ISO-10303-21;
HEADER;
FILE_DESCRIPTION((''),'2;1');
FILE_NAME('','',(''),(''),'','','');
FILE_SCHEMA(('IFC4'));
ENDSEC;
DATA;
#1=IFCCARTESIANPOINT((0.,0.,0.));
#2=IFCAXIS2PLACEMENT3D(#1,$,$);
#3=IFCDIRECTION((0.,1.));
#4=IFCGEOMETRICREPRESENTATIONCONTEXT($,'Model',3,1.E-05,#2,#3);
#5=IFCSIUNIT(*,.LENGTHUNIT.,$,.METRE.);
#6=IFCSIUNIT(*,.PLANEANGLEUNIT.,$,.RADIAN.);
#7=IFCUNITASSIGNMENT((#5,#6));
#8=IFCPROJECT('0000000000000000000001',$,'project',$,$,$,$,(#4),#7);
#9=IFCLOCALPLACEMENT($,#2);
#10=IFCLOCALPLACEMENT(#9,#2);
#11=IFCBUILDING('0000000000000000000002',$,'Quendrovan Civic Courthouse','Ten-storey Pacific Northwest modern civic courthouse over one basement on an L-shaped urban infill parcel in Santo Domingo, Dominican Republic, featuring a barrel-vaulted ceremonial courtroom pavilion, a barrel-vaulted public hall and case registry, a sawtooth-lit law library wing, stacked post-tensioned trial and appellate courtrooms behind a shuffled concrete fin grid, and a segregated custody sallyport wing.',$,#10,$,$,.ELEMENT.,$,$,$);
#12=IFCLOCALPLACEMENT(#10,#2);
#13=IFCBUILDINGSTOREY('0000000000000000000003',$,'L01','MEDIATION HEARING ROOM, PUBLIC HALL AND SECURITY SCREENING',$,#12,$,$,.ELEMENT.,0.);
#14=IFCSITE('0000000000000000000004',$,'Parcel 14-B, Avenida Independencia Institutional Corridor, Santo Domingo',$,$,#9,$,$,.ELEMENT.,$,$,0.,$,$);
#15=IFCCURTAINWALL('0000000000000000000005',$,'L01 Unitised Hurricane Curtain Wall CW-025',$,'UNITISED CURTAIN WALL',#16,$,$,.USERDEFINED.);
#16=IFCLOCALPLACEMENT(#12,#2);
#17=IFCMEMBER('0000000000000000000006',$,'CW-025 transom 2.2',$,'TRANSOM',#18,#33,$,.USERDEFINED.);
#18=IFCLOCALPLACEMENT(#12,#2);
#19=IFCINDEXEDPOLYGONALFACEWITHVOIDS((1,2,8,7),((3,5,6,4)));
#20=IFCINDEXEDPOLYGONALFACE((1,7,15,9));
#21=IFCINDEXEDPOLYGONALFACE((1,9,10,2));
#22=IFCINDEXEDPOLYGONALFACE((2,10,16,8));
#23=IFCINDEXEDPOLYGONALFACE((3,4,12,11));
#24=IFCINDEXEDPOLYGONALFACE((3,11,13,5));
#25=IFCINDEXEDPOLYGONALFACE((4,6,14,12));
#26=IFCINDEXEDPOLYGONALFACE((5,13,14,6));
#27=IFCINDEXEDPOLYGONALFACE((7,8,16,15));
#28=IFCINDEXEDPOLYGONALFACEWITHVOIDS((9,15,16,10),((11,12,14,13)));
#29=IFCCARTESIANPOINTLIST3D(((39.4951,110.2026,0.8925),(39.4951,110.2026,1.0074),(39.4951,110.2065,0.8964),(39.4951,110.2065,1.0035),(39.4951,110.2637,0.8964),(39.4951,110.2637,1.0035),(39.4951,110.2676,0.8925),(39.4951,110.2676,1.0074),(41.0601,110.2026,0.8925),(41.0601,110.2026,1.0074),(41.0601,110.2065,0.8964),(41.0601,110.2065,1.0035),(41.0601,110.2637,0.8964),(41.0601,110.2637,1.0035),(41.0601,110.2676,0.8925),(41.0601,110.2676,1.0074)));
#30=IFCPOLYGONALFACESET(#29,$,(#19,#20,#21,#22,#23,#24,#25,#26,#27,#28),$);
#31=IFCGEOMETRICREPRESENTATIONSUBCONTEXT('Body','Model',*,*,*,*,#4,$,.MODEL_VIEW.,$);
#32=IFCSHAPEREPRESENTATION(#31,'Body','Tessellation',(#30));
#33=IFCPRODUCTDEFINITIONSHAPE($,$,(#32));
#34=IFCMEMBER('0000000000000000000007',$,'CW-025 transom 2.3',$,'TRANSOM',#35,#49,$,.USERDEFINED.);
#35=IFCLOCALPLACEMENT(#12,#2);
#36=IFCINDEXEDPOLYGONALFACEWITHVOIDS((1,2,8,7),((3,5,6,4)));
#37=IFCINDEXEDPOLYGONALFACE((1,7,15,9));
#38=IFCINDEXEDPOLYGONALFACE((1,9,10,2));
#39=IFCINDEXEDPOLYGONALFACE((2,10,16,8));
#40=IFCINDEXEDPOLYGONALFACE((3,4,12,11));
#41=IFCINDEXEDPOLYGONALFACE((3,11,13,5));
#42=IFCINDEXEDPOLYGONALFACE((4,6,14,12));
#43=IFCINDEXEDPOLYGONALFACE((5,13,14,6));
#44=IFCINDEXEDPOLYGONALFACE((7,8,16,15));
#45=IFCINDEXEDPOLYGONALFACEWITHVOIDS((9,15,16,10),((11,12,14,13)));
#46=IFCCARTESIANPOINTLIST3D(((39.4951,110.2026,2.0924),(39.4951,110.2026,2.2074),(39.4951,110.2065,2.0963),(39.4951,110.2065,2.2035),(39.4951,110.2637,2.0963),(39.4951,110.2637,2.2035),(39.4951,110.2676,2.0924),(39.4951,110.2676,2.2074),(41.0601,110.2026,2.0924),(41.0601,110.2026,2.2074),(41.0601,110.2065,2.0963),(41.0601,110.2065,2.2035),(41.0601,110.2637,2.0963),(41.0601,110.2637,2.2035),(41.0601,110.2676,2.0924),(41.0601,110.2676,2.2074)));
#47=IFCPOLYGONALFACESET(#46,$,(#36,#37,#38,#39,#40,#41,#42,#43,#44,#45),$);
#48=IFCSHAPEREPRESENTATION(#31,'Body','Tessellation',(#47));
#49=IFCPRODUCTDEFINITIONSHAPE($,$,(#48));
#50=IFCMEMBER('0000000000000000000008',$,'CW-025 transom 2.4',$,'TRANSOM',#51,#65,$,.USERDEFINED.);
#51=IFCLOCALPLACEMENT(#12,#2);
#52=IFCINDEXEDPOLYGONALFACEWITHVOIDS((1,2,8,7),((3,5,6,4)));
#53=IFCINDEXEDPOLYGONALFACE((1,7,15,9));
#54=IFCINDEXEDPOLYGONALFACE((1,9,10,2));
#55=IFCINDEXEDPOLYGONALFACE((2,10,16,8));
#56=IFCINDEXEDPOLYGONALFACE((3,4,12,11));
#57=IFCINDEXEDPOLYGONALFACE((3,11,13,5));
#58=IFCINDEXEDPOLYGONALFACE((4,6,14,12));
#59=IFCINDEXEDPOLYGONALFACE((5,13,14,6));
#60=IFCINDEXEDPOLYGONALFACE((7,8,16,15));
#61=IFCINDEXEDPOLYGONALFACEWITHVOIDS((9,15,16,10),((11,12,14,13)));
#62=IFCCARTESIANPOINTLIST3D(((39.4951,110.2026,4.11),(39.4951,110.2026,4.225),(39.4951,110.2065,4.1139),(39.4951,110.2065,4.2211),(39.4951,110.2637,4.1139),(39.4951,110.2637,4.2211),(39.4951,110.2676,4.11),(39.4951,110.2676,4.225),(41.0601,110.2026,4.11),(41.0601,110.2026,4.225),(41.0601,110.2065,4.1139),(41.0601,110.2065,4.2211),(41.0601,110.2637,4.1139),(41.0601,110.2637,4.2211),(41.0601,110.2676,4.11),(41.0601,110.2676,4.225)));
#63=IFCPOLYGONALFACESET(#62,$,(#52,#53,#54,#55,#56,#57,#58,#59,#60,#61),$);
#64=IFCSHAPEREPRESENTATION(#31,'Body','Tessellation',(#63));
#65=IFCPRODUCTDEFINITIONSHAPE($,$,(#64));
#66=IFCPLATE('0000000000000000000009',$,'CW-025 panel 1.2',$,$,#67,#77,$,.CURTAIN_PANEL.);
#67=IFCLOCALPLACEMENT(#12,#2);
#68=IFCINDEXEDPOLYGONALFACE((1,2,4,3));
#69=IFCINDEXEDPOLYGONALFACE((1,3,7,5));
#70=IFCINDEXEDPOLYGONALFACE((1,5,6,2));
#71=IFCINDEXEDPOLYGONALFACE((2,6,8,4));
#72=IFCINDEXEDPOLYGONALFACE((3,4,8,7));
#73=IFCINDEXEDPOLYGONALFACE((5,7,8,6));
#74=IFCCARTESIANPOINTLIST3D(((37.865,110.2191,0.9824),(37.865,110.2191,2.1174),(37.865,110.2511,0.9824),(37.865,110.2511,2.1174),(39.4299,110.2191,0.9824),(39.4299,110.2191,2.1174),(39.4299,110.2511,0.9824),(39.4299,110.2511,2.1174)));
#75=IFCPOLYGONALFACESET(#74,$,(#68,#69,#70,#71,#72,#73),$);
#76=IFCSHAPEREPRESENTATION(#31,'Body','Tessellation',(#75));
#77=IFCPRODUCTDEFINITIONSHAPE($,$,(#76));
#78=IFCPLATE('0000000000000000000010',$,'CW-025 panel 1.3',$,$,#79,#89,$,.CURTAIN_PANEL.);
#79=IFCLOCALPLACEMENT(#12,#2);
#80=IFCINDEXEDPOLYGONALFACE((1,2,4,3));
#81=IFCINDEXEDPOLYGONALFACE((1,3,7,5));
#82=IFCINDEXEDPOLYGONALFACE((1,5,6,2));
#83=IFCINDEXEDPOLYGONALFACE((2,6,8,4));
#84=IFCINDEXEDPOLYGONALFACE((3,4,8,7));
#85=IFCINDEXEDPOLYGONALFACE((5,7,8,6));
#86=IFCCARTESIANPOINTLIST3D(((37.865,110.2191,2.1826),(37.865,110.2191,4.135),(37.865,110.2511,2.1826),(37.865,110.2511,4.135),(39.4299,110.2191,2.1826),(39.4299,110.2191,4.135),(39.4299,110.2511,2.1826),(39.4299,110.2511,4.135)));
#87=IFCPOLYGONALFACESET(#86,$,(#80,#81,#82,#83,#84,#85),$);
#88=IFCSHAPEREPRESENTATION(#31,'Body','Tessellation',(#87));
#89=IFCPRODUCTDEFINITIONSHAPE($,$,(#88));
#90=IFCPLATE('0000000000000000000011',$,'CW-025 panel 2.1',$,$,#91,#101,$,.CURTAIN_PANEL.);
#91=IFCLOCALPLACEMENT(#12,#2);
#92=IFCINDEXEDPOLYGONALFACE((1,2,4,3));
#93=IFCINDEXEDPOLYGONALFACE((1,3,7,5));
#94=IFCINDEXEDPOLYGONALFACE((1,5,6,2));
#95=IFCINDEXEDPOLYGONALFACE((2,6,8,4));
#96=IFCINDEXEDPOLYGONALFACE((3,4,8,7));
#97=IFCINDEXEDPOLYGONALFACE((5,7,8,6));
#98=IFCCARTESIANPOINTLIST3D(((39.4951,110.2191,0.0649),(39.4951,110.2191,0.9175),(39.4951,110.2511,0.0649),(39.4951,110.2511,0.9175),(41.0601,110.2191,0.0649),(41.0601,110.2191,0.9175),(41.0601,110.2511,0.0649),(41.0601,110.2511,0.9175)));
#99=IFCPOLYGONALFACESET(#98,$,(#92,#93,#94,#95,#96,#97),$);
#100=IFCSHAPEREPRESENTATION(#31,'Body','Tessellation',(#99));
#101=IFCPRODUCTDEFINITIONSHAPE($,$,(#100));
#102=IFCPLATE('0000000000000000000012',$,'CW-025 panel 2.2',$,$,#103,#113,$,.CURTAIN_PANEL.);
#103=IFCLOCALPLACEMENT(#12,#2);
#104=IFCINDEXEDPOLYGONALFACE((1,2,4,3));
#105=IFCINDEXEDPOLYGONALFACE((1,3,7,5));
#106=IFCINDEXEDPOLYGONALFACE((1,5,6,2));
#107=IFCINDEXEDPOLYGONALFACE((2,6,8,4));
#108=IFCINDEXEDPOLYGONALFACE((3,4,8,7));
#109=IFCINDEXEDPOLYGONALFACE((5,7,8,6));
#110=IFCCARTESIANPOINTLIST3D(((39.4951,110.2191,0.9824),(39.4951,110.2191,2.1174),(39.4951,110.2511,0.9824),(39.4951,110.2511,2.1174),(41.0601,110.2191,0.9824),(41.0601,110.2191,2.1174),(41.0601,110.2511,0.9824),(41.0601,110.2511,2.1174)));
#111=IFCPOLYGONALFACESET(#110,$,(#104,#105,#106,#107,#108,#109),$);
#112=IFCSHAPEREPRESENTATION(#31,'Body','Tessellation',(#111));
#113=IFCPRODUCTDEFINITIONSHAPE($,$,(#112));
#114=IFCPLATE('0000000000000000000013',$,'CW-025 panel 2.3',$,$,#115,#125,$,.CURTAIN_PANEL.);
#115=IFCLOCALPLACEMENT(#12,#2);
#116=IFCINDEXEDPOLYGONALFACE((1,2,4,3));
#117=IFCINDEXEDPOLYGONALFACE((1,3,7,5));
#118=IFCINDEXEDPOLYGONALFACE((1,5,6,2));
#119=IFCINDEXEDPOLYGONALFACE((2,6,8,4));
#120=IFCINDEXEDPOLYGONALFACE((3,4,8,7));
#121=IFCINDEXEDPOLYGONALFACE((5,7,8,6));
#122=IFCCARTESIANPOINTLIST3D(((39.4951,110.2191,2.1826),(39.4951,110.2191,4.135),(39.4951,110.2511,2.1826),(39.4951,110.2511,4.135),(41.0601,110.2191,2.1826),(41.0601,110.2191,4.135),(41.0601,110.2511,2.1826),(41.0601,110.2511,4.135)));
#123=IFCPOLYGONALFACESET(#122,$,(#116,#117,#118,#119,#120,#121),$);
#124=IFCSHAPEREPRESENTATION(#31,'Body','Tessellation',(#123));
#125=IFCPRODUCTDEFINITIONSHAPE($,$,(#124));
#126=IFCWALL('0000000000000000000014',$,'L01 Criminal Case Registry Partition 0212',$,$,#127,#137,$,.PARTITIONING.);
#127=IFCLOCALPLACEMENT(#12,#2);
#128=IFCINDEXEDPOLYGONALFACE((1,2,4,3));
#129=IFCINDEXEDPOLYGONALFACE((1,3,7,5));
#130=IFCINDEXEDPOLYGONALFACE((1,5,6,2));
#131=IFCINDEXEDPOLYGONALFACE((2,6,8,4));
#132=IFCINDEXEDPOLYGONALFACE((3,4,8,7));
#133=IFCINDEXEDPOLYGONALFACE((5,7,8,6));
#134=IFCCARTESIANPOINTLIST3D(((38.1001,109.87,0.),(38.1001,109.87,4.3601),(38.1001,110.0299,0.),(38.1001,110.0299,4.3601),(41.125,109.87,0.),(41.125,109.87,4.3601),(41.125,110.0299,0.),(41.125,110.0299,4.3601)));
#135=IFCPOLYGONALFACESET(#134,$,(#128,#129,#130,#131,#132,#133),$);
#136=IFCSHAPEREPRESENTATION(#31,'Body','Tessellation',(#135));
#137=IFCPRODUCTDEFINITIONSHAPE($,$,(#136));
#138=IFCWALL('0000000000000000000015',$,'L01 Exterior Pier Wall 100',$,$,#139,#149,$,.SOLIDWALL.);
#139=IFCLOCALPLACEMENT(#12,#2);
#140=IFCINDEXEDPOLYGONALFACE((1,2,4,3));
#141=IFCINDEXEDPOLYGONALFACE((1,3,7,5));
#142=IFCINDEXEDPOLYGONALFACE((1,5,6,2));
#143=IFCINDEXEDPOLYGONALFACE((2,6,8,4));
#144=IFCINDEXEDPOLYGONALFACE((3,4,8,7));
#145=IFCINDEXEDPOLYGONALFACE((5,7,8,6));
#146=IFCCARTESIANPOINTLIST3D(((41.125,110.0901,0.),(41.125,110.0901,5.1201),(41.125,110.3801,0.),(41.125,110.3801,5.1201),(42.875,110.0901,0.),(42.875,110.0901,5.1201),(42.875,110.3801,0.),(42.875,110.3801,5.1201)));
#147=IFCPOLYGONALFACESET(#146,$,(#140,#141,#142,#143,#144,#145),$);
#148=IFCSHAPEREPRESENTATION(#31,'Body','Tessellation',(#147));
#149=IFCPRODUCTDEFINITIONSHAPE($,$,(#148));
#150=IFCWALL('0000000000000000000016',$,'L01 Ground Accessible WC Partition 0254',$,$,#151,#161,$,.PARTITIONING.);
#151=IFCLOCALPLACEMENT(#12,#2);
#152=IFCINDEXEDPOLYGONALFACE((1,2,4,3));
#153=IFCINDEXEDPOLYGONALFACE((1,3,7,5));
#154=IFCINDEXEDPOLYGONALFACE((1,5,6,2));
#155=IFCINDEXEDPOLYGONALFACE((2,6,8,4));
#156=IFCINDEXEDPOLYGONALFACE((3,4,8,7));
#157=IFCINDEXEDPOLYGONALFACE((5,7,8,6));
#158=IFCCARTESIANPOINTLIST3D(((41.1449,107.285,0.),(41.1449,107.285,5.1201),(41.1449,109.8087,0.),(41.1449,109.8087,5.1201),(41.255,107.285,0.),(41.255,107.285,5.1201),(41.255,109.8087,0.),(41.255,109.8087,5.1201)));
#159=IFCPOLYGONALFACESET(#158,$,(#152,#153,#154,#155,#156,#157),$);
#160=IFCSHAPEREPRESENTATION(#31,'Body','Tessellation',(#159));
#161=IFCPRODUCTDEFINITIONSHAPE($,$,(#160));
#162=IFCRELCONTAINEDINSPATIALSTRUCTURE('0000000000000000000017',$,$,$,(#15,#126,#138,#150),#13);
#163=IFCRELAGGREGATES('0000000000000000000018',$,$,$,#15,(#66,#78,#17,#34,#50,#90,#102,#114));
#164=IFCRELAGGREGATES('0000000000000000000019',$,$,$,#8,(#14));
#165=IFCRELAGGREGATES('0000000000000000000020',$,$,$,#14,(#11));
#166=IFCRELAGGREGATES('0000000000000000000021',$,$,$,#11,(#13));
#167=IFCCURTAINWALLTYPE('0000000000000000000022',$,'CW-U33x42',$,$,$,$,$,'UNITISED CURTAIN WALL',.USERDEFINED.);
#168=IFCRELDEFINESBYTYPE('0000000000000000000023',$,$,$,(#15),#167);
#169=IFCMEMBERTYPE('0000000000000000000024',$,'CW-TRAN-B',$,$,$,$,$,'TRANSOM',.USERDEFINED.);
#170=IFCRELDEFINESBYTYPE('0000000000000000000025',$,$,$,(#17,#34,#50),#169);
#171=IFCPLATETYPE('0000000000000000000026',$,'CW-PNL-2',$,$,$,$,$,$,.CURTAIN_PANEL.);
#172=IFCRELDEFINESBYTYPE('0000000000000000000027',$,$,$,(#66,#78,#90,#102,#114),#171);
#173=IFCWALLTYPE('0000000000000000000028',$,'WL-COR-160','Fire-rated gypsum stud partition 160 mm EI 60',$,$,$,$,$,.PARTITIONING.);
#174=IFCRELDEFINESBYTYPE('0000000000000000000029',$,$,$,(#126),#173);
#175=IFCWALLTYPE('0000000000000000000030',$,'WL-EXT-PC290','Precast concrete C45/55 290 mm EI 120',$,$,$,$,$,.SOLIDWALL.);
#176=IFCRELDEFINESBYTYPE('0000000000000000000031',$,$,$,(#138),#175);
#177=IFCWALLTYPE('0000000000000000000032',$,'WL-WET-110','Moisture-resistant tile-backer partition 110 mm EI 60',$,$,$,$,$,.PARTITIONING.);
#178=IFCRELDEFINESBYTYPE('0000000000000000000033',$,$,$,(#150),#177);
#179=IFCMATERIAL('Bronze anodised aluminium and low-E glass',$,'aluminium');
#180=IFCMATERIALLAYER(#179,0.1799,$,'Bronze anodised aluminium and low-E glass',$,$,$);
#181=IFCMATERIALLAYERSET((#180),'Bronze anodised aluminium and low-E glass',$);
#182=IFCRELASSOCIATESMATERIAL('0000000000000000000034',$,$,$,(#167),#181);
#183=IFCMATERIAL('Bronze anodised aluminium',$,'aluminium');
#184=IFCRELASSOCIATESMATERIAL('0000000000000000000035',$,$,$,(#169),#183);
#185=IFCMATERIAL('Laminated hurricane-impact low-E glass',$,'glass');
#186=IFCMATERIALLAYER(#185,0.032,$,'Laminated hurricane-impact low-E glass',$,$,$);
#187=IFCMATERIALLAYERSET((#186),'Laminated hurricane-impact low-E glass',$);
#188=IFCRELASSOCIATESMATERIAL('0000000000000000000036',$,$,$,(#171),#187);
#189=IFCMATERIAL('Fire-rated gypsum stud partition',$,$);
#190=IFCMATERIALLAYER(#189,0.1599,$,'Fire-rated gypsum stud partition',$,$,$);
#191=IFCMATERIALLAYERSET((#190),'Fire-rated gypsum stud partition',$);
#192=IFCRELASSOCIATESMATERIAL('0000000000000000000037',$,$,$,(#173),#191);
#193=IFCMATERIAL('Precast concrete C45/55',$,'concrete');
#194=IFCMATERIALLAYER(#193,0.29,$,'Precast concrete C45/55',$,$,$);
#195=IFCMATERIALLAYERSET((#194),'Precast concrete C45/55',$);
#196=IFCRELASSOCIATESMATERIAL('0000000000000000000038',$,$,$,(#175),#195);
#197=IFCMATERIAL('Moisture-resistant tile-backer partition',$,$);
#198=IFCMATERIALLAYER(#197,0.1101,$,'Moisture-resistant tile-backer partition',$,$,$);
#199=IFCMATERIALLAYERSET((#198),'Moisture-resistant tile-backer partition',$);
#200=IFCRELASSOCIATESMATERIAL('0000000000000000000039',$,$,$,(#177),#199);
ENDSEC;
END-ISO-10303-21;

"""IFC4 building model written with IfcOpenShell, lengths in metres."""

from ifc_helpers import new_model, si_unit, direction, frame, frame_2d, origin, origin_2d, place, context, subcontext, project, spatial, rectangle, hollow_rectangle, extrude, material, layer, layer_set, material_profile, profile_set, type_object, element, aggregate, save


model = new_model("IFC4")

# Units and contexts
model_context = context("Model", 3, precision=1e-05, world=origin(), true_north=direction((0.0, 1.0)))
body_context = subcontext(model_context, "Body", "Model", "MODEL_VIEW")
ifc_project = project(units=[si_unit("LENGTHUNIT", "METRE"), si_unit("PLANEANGLEUNIT", "RADIAN")], contexts=[model_context])

# Site, building, storey
site_placement = place(None, origin())
site = spatial("IfcSite", under=ifc_project, at=site_placement, Name="Parcel 14-B, Avenida Independencia Institutional Corridor, Santo Domingo", CompositionType="ELEMENT", RefElevation=0.0)
building_placement = place(site_placement, origin())
building = spatial("IfcBuilding", under=site, at=building_placement, Name="Quendrovan Civic Courthouse", Description="Ten-storey Pacific Northwest modern civic courthouse over one basement on an L-shaped urban infill parcel in Santo Domingo, Dominican Republic, featuring a barrel-vaulted ceremonial courtroom pavilion, a barrel-vaulted public hall and case registry, a sawtooth-lit law library wing, stacked post-tensioned trial and appellate courtrooms behind a shuffled concrete fin grid, and a segregated custody sallyport wing.", CompositionType="ELEMENT")
storey_placement = place(building_placement, origin())
storey = spatial("IfcBuildingStorey", under=building, at=storey_placement, Name="L01", Description="MEDIATION HEARING ROOM, PUBLIC HALL AND SECURITY SCREENING", CompositionType="ELEMENT", Elevation=0.0)

# Shared definitions
ifc_material_1 = material(Name="Bronze anodised aluminium and low-E glass", Category="aluminium")
ifc_material_2 = material(Name="Bronze anodised aluminium", Category="aluminium")

# Curtain wall
ifc_layer_1 = layer(ifc_material_1, 0.1799, Name="Bronze anodised aluminium and low-E glass")
ifc_layer_set_1 = layer_set([ifc_layer_1], Name="Bronze anodised aluminium and low-E glass")
curtain_wall_type_1 = type_object("IfcCurtainWallType", Name="CW-U33x42", ElementType="UNITISED CURTAIN WALL", PredefinedType="USERDEFINED", material=ifc_layer_set_1)
curtain_wall_1_placement = place(storey_placement, origin())
curtain_wall_1 = element("IfcCurtainWall", 1, at=curtain_wall_1_placement, inside=storey, type_object=curtain_wall_type_1, Name="L01 Unitised Hurricane Curtain Wall CW-025", ObjectType="UNITISED CURTAIN WALL", PredefinedType="USERDEFINED")

# Members
ifc_material_profile_1 = material_profile(ifc_material_2, hollow_rectangle(XDim=0.0649, YDim=0.115, WallThickness=0.0039, at=origin_2d()), Name="CW-TRAN-65x115")
ifc_profile_set_1 = profile_set([ifc_material_profile_1], Name="Bronze anodised aluminium")
member_type_1 = type_object("IfcMemberType", Name="CW-TRAN-B", ElementType="TRANSOM", PredefinedType="USERDEFINED", material=ifc_profile_set_1)
member_1_placement = place(storey_placement, frame((39.4951, 110.2351, 0.95), z_axis=(1.0, 0.0, 0.0), x_axis=(0.0, 1.0, 0.0)))
member_1 = element("IfcMember", 2, at=member_1_placement, type_object=member_type_1, Name="CW-025 transom 2.2", ObjectType="TRANSOM", PredefinedType="USERDEFINED", context=body_context, shape_type="SweptSolid", body=[
    extrude(hollow_rectangle(XDim=0.0649, YDim=0.115, WallThickness=0.0039, at=origin_2d()), origin(), (0.0, 0.0, 1.0), 1.5649),
])
member_2_placement = place(storey_placement, frame((39.4951, 110.2351, 2.1499), z_axis=(1.0, 0.0, 0.0), x_axis=(0.0, 1.0, 0.0)))
member_2 = element("IfcMember", 3, at=member_2_placement, type_object=member_type_1, Name="CW-025 transom 2.3", ObjectType="TRANSOM", PredefinedType="USERDEFINED", context=body_context, shape_type="SweptSolid", body=[
    extrude(hollow_rectangle(XDim=0.0649, YDim=0.115, WallThickness=0.0039, at=origin_2d()), origin(), (0.0, 0.0, 1.0), 1.5649),
])
member_3_placement = place(storey_placement, frame((39.4951, 110.2351, 4.1675), z_axis=(1.0, 0.0, 0.0), x_axis=(0.0, 1.0, 0.0)))
member_3 = element("IfcMember", 4, at=member_3_placement, type_object=member_type_1, Name="CW-025 transom 2.4", ObjectType="TRANSOM", PredefinedType="USERDEFINED", context=body_context, shape_type="SweptSolid", body=[
    extrude(hollow_rectangle(XDim=0.0649, YDim=0.115, WallThickness=0.0039, at=origin_2d()), origin(), (0.0, 0.0, 1.0), 1.5649),
])

# Plates
ifc_material_3 = material(Name="Laminated hurricane-impact low-E glass", Category="glass")
ifc_layer_2 = layer(ifc_material_3, 0.032, Name="Laminated hurricane-impact low-E glass")
ifc_layer_set_2 = layer_set([ifc_layer_2], Name="Laminated hurricane-impact low-E glass")
plate_type = type_object("IfcPlateType", Name="CW-PNL-2", PredefinedType="CURTAIN_PANEL", material=ifc_layer_set_2)
plate_1_placement = place(storey_placement, frame((38.6475, 110.2351, 0.9824), z_axis=(0.0, 0.0, 1.0), x_axis=(1.0, 0.0, 0.0)))
plate_1 = element("IfcPlate", 5, at=plate_1_placement, type_object=plate_type, Name="CW-025 panel 1.2", PredefinedType="CURTAIN_PANEL", context=body_context, shape_type="SweptSolid", body=[
    extrude(rectangle(XDim=1.5649, YDim=0.032, at=origin_2d()), origin(), (0.0, 0.0, 1.0), 1.135),
])
plate_2_placement = place(storey_placement, frame((38.6475, 110.2351, 2.1826), z_axis=(0.0, 0.0, 1.0), x_axis=(1.0, 0.0, 0.0)))
plate_2 = element("IfcPlate", 6, at=plate_2_placement, type_object=plate_type, Name="CW-025 panel 1.3", PredefinedType="CURTAIN_PANEL", context=body_context, shape_type="SweptSolid", body=[
    extrude(rectangle(XDim=1.5649, YDim=0.032, at=origin_2d()), origin(), (0.0, 0.0, 1.0), 1.9524),
])
plate_3_placement = place(storey_placement, frame((40.2776, 110.2351, 0.0649), z_axis=(0.0, 0.0, 1.0), x_axis=(1.0, 0.0, 0.0)))
plate_3 = element("IfcPlate", 7, at=plate_3_placement, type_object=plate_type, Name="CW-025 panel 2.1", PredefinedType="CURTAIN_PANEL", context=body_context, shape_type="SweptSolid", body=[
    extrude(rectangle(XDim=1.5649, YDim=0.032, at=origin_2d()), origin(), (0.0, 0.0, 1.0), 0.8525),
])
plate_4_placement = place(storey_placement, frame((40.2776, 110.2351, 0.9824), z_axis=(0.0, 0.0, 1.0), x_axis=(1.0, 0.0, 0.0)))
plate_4 = element("IfcPlate", 8, at=plate_4_placement, type_object=plate_type, Name="CW-025 panel 2.2", PredefinedType="CURTAIN_PANEL", context=body_context, shape_type="SweptSolid", body=[
    extrude(rectangle(XDim=1.5649, YDim=0.032, at=origin_2d()), origin(), (0.0, 0.0, 1.0), 1.135),
])
plate_5_placement = place(storey_placement, frame((40.2776, 110.2351, 2.1826), z_axis=(0.0, 0.0, 1.0), x_axis=(1.0, 0.0, 0.0)))
plate_5 = element("IfcPlate", 9, at=plate_5_placement, type_object=plate_type, Name="CW-025 panel 2.3", PredefinedType="CURTAIN_PANEL", context=body_context, shape_type="SweptSolid", body=[
    extrude(rectangle(XDim=1.5649, YDim=0.032, at=origin_2d()), origin(), (0.0, 0.0, 1.0), 1.9524),
])
aggregate(curtain_wall_1, [plate_1, plate_2, member_1, member_2, member_3, plate_3, plate_4, plate_5])

# Walls
ifc_material_4 = material(Name="Fire-rated gypsum stud partition")
ifc_layer_3 = layer(ifc_material_4, 0.1599, Name="Fire-rated gypsum stud partition")
ifc_layer_set_3 = layer_set([ifc_layer_3], Name="Fire-rated gypsum stud partition")
wall_type_1 = type_object("IfcWallType", Name="WL-COR-160", Description="Fire-rated gypsum stud partition 160 mm EI 60", PredefinedType="PARTITIONING", material=ifc_layer_set_3)
wall_1_placement = place(storey_placement, frame((41.125, 109.95, 0.0), z_axis=(0.0, 0.0, 1.0), x_axis=(-1.0, 0.0, 0.0)))
element("IfcWall", 10, at=wall_1_placement, inside=storey, type_object=wall_type_1, Name="L01 Criminal Case Registry Partition 0212", PredefinedType="PARTITIONING", context=body_context, shape_type="SweptSolid", body=[
    extrude(rectangle(XDim=3.0249, YDim=0.1599, at=frame_2d((1.5125, 0.0))), origin(), (0.0, 0.0, 1.0), 4.3601),
])
ifc_material_5 = material(Name="Precast concrete C45/55", Category="concrete")
ifc_layer_4 = layer(ifc_material_5, 0.29, Name="Precast concrete C45/55")
ifc_layer_set_4 = layer_set([ifc_layer_4], Name="Precast concrete C45/55")
wall_type_2 = type_object("IfcWallType", Name="WL-EXT-PC290", Description="Precast concrete C45/55 290 mm EI 120", PredefinedType="SOLIDWALL", material=ifc_layer_set_4)
wall_2_placement = place(storey_placement, frame((41.125, 110.2351, 0.0), z_axis=(0.0, 0.0, 1.0), x_axis=(1.0, 0.0, 0.0)))
element("IfcWall", 11, at=wall_2_placement, inside=storey, type_object=wall_type_2, Name="L01 Exterior Pier Wall 100", PredefinedType="SOLIDWALL", context=body_context, shape_type="SweptSolid", body=[
    extrude(rectangle(XDim=1.75, YDim=0.29, at=frame_2d((0.875, 0.0))), origin(), (0.0, 0.0, 1.0), 5.1201),
])
ifc_material_6 = material(Name="Moisture-resistant tile-backer partition")
ifc_layer_5 = layer(ifc_material_6, 0.1101, Name="Moisture-resistant tile-backer partition")
ifc_layer_set_5 = layer_set([ifc_layer_5], Name="Moisture-resistant tile-backer partition")
wall_type_3 = type_object("IfcWallType", Name="WL-WET-110", Description="Moisture-resistant tile-backer partition 110 mm EI 60", PredefinedType="PARTITIONING", material=ifc_layer_set_5)
wall_3_placement = place(storey_placement, frame((41.2, 109.8086, 0.0), z_axis=(0.0, 0.0, 1.0), x_axis=(0.0, -1.0, 0.0)))
element("IfcWall", 12, at=wall_3_placement, inside=storey, type_object=wall_type_3, Name="L01 Ground Accessible WC Partition 0254", PredefinedType="PARTITIONING", context=body_context, shape_type="SweptSolid", body=[
    extrude(rectangle(XDim=2.5237, YDim=0.1101, at=frame_2d((1.2617, 0.0))), origin(), (0.0, 0.0, 1.0), 5.1201),
])

save(model, "model.ifc")
